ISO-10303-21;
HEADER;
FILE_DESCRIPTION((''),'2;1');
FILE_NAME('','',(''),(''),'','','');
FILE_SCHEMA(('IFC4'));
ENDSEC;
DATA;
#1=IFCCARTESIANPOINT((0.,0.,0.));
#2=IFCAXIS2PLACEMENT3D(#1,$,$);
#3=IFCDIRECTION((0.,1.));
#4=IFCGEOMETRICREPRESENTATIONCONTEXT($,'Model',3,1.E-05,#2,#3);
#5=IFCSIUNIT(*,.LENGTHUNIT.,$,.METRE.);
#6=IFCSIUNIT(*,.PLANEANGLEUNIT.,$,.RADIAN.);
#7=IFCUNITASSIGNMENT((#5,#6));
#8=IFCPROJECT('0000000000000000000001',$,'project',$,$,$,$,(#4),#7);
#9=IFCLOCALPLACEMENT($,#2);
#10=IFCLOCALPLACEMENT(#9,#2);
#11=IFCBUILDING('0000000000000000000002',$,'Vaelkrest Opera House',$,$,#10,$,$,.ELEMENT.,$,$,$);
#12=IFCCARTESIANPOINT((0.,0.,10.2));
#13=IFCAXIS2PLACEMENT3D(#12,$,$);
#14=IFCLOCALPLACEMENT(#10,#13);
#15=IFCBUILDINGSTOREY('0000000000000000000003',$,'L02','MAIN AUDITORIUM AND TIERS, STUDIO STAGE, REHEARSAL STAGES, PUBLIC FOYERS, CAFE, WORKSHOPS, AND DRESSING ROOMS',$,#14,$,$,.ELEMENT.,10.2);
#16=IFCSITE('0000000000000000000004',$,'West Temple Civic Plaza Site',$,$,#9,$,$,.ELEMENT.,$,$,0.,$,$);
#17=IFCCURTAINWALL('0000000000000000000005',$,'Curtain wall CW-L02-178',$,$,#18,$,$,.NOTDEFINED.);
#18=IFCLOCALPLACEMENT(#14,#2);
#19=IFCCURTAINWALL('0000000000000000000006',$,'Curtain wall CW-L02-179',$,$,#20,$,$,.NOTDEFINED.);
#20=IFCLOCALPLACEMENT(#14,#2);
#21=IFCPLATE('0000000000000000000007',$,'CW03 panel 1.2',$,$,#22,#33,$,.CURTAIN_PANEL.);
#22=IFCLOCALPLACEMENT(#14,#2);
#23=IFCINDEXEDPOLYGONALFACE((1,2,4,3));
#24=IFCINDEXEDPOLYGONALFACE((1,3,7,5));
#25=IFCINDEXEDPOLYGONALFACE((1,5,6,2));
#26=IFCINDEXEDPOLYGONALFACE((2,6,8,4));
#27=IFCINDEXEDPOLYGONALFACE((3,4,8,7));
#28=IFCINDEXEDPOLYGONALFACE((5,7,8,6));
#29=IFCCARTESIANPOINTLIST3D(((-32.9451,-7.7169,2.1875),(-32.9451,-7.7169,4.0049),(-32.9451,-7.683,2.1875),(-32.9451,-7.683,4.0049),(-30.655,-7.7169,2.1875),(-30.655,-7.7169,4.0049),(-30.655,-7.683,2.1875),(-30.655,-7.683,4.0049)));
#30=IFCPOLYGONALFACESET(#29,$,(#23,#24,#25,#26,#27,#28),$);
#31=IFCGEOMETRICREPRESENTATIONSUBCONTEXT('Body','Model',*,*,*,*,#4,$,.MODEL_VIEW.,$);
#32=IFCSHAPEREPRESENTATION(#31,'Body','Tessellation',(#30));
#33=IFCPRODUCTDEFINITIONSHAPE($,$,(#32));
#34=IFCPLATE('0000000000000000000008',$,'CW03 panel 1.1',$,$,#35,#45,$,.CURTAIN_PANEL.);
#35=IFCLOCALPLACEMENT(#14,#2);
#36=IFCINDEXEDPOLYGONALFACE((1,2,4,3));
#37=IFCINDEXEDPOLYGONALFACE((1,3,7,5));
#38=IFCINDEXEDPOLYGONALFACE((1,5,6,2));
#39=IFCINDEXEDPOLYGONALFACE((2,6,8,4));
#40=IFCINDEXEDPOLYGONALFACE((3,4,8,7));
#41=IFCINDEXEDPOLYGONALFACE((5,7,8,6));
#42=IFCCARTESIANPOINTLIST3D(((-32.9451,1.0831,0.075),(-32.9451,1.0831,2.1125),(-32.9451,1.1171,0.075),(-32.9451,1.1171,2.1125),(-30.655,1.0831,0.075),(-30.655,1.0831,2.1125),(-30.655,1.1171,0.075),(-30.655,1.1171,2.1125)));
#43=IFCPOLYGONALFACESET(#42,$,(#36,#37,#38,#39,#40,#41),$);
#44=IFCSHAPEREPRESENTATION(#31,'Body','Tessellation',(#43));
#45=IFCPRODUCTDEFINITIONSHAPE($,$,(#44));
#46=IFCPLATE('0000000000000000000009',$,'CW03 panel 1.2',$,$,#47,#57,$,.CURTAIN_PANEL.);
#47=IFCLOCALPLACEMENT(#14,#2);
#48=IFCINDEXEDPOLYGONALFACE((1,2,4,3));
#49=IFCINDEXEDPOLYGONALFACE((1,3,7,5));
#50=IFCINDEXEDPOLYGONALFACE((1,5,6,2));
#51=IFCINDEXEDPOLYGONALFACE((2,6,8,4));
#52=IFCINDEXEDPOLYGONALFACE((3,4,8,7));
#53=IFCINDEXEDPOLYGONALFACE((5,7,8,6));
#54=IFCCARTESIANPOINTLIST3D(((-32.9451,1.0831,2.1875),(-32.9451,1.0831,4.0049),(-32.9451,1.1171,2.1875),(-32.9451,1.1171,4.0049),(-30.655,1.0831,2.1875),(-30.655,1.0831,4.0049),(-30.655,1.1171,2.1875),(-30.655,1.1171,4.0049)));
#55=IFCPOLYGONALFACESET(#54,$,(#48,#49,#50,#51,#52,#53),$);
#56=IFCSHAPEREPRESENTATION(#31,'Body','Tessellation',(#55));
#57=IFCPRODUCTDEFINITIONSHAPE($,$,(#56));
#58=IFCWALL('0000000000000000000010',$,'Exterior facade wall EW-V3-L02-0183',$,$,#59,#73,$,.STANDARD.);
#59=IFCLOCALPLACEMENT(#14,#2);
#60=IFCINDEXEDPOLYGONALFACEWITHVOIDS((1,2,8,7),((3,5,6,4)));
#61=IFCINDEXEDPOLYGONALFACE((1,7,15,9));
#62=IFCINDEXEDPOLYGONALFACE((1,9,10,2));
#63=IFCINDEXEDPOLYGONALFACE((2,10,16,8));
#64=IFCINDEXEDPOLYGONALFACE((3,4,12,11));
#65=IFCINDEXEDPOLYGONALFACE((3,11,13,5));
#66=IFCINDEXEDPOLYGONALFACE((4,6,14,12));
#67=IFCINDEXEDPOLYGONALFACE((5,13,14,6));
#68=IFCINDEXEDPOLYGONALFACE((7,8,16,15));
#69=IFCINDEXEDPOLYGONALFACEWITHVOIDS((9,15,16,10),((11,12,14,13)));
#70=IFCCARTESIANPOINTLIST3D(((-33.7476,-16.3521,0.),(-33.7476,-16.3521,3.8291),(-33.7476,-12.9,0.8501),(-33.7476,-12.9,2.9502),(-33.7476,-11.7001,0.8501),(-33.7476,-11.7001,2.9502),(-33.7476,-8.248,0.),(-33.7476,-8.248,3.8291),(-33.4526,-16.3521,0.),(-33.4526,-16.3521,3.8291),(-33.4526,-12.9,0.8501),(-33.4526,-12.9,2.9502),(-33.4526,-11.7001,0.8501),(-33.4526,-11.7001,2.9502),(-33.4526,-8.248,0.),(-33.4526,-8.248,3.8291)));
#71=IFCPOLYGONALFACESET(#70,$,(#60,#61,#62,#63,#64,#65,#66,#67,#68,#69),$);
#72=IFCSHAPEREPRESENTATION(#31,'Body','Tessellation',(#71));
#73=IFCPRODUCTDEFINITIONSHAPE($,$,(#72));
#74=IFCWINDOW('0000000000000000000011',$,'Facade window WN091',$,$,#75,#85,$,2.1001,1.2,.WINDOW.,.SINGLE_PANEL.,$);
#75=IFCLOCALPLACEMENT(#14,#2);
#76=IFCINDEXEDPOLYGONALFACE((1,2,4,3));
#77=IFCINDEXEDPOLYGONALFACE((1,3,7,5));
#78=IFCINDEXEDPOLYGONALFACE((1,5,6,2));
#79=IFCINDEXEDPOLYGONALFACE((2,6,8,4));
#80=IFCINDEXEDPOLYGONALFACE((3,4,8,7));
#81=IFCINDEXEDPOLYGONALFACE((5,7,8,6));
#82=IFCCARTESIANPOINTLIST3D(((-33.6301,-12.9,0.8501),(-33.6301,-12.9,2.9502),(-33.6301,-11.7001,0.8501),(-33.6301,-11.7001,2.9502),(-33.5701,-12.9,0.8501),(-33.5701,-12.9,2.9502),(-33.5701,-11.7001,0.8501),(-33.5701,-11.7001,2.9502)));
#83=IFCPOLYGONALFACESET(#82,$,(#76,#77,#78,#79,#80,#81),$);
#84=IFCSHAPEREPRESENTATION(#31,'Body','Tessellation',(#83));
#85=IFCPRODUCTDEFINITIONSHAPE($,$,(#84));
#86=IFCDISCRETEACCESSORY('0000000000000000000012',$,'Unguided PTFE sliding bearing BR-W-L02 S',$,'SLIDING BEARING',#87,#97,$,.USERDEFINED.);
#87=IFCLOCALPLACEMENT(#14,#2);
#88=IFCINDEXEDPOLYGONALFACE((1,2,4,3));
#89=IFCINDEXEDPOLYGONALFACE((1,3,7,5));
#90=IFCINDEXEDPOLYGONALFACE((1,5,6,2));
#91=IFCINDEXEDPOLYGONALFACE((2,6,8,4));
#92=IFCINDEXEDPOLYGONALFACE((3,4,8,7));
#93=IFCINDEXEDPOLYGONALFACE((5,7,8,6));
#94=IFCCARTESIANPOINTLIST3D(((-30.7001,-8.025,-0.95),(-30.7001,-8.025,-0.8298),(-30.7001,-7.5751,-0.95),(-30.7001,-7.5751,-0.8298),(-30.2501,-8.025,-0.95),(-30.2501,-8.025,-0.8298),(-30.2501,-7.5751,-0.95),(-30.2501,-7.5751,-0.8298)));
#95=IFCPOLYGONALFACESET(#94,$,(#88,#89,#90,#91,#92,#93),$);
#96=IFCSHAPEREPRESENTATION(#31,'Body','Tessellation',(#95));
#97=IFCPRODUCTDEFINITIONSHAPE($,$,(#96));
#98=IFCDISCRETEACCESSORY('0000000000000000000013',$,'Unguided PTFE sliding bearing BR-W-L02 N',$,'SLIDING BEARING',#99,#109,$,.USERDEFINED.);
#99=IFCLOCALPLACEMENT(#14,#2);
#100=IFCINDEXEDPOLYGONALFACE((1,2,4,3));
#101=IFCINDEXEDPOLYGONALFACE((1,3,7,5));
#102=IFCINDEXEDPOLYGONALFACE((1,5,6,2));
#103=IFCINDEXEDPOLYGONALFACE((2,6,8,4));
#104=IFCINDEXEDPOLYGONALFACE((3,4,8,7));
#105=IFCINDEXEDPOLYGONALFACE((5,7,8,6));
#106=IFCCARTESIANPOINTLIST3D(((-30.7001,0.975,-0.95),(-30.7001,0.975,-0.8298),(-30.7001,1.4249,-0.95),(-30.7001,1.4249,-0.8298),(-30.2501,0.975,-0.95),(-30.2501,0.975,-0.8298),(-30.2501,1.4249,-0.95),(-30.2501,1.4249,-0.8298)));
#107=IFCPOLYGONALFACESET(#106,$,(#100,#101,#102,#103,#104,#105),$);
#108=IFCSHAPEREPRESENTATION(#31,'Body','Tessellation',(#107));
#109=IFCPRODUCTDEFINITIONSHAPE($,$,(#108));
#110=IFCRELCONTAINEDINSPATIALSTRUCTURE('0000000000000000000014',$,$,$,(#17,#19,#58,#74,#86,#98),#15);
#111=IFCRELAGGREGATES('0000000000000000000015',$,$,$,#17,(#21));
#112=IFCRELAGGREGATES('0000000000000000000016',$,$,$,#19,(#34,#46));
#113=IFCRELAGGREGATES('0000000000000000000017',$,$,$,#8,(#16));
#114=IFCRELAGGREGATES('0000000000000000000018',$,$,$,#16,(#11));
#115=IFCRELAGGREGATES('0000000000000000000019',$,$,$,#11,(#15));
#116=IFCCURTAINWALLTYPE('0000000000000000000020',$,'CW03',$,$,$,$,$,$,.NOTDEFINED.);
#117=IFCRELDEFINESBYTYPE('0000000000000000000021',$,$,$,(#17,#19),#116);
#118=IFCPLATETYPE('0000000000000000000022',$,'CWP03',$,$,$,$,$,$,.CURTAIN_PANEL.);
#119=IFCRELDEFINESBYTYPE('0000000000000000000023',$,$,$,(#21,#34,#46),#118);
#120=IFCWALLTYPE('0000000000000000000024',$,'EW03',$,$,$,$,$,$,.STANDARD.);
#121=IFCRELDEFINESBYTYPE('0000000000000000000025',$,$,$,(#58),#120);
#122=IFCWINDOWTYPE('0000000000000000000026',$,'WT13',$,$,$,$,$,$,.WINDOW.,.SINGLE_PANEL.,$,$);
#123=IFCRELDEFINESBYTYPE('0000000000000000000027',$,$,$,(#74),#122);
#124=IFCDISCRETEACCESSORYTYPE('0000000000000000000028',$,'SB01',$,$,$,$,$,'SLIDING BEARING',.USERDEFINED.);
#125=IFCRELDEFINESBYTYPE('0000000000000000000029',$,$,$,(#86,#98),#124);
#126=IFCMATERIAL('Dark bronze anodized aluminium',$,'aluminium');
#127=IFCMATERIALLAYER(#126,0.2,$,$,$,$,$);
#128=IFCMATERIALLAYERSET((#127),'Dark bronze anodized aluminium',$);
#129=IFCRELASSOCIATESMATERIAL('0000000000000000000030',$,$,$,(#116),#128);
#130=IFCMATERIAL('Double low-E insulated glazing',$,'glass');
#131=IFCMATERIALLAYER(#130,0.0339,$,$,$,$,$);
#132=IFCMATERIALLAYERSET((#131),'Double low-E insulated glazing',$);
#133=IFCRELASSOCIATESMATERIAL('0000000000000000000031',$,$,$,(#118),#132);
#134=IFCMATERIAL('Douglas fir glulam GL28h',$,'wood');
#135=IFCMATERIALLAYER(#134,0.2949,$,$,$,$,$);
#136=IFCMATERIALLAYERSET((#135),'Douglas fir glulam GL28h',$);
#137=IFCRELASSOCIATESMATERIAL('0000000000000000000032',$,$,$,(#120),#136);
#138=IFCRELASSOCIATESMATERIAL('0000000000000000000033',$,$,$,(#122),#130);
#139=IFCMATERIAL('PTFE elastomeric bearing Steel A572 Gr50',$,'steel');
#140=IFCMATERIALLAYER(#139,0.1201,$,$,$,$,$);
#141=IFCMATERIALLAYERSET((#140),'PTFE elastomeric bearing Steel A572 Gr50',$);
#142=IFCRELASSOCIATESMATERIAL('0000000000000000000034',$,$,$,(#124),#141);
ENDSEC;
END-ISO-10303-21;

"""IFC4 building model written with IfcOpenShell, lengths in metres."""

from ifc_helpers import new_model, si_unit, direction, frame, frame_2d, origin, origin_2d, place, context, subcontext, project, spatial, rectangle, extrude, material, layer, layer_set, type_object, element, fill, aggregate, save


model = new_model("IFC4")

# Units and contexts
model_context = context("Model", 3, precision=1e-05, world=origin(), true_north=direction((0.0, 1.0)))
body_context = subcontext(model_context, "Body", "Model", "MODEL_VIEW")
ifc_project = project(units=[si_unit("LENGTHUNIT", "METRE"), si_unit("PLANEANGLEUNIT", "RADIAN")], contexts=[model_context])

# Site, building, storey
site_placement = place(None, origin())
site = spatial("IfcSite", under=ifc_project, at=site_placement, Name="West Temple Civic Plaza Site", CompositionType="ELEMENT", RefElevation=0.0)
building_placement = place(site_placement, origin())
building = spatial("IfcBuilding", under=site, at=building_placement, Name="Vaelkrest Opera House", CompositionType="ELEMENT")
storey_placement = place(building_placement, frame((0.0, 0.0, 10.2)))
storey = spatial("IfcBuildingStorey", under=building, at=storey_placement, Name="L02", Description="MAIN AUDITORIUM AND TIERS, STUDIO STAGE, REHEARSAL STAGES, PUBLIC FOYERS, CAFE, WORKSHOPS, AND DRESSING ROOMS", CompositionType="ELEMENT", Elevation=10.2)

# Curtain walls
ifc_material_1 = material(Name="Dark bronze anodized aluminium", Category="aluminium")
ifc_layer_1 = layer(ifc_material_1, 0.2)
ifc_layer_set_1 = layer_set([ifc_layer_1], Name="Dark bronze anodized aluminium")
curtain_wall_type = type_object("IfcCurtainWallType", Name="CW03", PredefinedType="NOTDEFINED", material=ifc_layer_set_1)
curtain_wall_1_placement = place(storey_placement, origin())
curtain_wall_1 = element("IfcCurtainWall", 1, at=curtain_wall_1_placement, inside=storey, type_object=curtain_wall_type, Name="Curtain wall CW-L02-178", PredefinedType="NOTDEFINED")
curtain_wall_2_placement = place(storey_placement, origin())
curtain_wall_2 = element("IfcCurtainWall", 2, at=curtain_wall_2_placement, inside=storey, type_object=curtain_wall_type, Name="Curtain wall CW-L02-179", PredefinedType="NOTDEFINED")

# Plates
ifc_material_2 = material(Name="Double low-E insulated glazing", Category="glass")
ifc_layer_2 = layer(ifc_material_2, 0.0339)
ifc_layer_set_2 = layer_set([ifc_layer_2], Name="Double low-E insulated glazing")
plate_type = type_object("IfcPlateType", Name="CWP03", PredefinedType="CURTAIN_PANEL", material=ifc_layer_set_2)
plate_1_placement = place(storey_placement, frame((-31.8, -7.7, 2.1875), z_axis=(0.0, 0.0, 1.0), x_axis=(-1.0, 0.0, 0.0)))
plate_1 = element("IfcPlate", 3, at=plate_1_placement, type_object=plate_type, Name="CW03 panel 1.2", PredefinedType="CURTAIN_PANEL", context=body_context, shape_type="SweptSolid", body=[
    extrude(rectangle(XDim=2.29, YDim=0.0339, at=origin_2d()), origin(), (0.0, 0.0, 1.0), 1.8174),
])
aggregate(curtain_wall_1, [plate_1])
plate_2_placement = place(storey_placement, frame((-31.8, 1.1001, 0.075), z_axis=(0.0, 0.0, 1.0), x_axis=(1.0, 0.0, 0.0)))
plate_2 = element("IfcPlate", 4, at=plate_2_placement, type_object=plate_type, Name="CW03 panel 1.1", PredefinedType="CURTAIN_PANEL", context=body_context, shape_type="SweptSolid", body=[
    extrude(rectangle(XDim=2.29, YDim=0.0339, at=origin_2d()), origin(), (0.0, 0.0, 1.0), 2.0376),
])
plate_3_placement = place(storey_placement, frame((-31.8, 1.1001, 2.1875), z_axis=(0.0, 0.0, 1.0), x_axis=(1.0, 0.0, 0.0)))
plate_3 = element("IfcPlate", 5, at=plate_3_placement, type_object=plate_type, Name="CW03 panel 1.2", PredefinedType="CURTAIN_PANEL", context=body_context, shape_type="SweptSolid", body=[
    extrude(rectangle(XDim=2.29, YDim=0.0339, at=origin_2d()), origin(), (0.0, 0.0, 1.0), 1.8174),
])
aggregate(curtain_wall_2, [plate_2, plate_3])

# Wall, opening, window
ifc_material_3 = material(Name="Douglas fir glulam GL28h", Category="wood")
ifc_layer_3 = layer(ifc_material_3, 0.2949)
ifc_layer_set_3 = layer_set([ifc_layer_3], Name="Douglas fir glulam GL28h")
wall_type = type_object("IfcWallType", Name="EW03", PredefinedType="STANDARD", material=ifc_layer_set_3)
wall_placement = place(storey_placement, frame((-33.6001, -8.248, 0.0), z_axis=(0.0, 0.0, 1.0), x_axis=(0.0, -1.0, 0.0)))
wall = element("IfcWall", 6, at=wall_placement, inside=storey, type_object=wall_type, Name="Exterior facade wall EW-V3-L02-0183", PredefinedType="STANDARD", context=body_context, shape_type="SweptSolid", body=[
    extrude(rectangle(XDim=8.104, YDim=0.2949, at=frame_2d((4.052, 0.0))), origin(), (0.0, 0.0, 1.0), 3.8291),
])
opening_placement = place(wall_placement, frame((3.4519, 0.0, 0.8501)))
opening = element("IfcOpeningElement", 7, at=opening_placement, cuts=wall, PredefinedType="OPENING", context=body_context, shape_type="SweptSolid", body=[
    extrude(rectangle(XDim=1.2, YDim=2.1001, at=frame_2d((0.6001, 1.05))), frame((0.0, 0.1575, 0.0), z_axis=(0.0, -1.0, 0.0), x_axis=(1.0, 0.0, 0.0)), (0.0, 0.0, 1.0), 0.3149),
])
window_type = type_object("IfcWindowType", Name="WT13", PartitioningType="SINGLE_PANEL", PredefinedType="WINDOW", material=ifc_material_2)
window_placement = place(opening_placement, origin())
window = element("IfcWindow", 8, at=window_placement, inside=storey, type_object=window_type, Name="Facade window WN091", OverallHeight=2.1001, OverallWidth=1.2, PartitioningType="SINGLE_PANEL", PredefinedType="WINDOW", context=body_context, shape_type="SweptSolid", body=[
    extrude(rectangle(XDim=1.2, YDim=2.1001, at=frame_2d((0.6001, 1.05))), frame((0.0, 0.03, 0.0), z_axis=(0.0, -1.0, 0.0), x_axis=(1.0, 0.0, 0.0)), (0.0, 0.0, 1.0), 0.0601),
])
fill(opening, window)

# Discrete accessories
ifc_material_4 = material(Name="PTFE elastomeric bearing Steel A572 Gr50", Category="steel")
ifc_layer_4 = layer(ifc_material_4, 0.1201)
ifc_layer_set_4 = layer_set([ifc_layer_4], Name="PTFE elastomeric bearing Steel A572 Gr50")
discrete_accessory_type = type_object("IfcDiscreteAccessoryType", Name="SB01", ElementType="SLIDING BEARING", PredefinedType="USERDEFINED", material=ifc_layer_set_4)
for number, where, z_axis, x_axis, name in (
    (9, (-30.4751, -7.8, -0.95), (0.0, 0.0, 1.0), (1.0, 0.0, 0.0), "Unguided PTFE sliding bearing BR-W-L02 S"),
    (10, (-30.4751, 1.2, -0.95), (0.0, 0.0, 1.0), (1.0, 0.0, 0.0), "Unguided PTFE sliding bearing BR-W-L02 N"),
):
    element("IfcDiscreteAccessory", number, at=place(storey_placement, frame(where, z_axis=z_axis, x_axis=x_axis)), inside=storey, type_object=discrete_accessory_type, Name=name, ObjectType="SLIDING BEARING", PredefinedType="USERDEFINED", context=body_context, shape_type="SweptSolid", body=[
        extrude(rectangle(XDim=0.45, YDim=0.45, at=origin_2d()), origin(), (0.0, 0.0, 1.0), 0.1201),
    ])

save(model, "model.ifc")
